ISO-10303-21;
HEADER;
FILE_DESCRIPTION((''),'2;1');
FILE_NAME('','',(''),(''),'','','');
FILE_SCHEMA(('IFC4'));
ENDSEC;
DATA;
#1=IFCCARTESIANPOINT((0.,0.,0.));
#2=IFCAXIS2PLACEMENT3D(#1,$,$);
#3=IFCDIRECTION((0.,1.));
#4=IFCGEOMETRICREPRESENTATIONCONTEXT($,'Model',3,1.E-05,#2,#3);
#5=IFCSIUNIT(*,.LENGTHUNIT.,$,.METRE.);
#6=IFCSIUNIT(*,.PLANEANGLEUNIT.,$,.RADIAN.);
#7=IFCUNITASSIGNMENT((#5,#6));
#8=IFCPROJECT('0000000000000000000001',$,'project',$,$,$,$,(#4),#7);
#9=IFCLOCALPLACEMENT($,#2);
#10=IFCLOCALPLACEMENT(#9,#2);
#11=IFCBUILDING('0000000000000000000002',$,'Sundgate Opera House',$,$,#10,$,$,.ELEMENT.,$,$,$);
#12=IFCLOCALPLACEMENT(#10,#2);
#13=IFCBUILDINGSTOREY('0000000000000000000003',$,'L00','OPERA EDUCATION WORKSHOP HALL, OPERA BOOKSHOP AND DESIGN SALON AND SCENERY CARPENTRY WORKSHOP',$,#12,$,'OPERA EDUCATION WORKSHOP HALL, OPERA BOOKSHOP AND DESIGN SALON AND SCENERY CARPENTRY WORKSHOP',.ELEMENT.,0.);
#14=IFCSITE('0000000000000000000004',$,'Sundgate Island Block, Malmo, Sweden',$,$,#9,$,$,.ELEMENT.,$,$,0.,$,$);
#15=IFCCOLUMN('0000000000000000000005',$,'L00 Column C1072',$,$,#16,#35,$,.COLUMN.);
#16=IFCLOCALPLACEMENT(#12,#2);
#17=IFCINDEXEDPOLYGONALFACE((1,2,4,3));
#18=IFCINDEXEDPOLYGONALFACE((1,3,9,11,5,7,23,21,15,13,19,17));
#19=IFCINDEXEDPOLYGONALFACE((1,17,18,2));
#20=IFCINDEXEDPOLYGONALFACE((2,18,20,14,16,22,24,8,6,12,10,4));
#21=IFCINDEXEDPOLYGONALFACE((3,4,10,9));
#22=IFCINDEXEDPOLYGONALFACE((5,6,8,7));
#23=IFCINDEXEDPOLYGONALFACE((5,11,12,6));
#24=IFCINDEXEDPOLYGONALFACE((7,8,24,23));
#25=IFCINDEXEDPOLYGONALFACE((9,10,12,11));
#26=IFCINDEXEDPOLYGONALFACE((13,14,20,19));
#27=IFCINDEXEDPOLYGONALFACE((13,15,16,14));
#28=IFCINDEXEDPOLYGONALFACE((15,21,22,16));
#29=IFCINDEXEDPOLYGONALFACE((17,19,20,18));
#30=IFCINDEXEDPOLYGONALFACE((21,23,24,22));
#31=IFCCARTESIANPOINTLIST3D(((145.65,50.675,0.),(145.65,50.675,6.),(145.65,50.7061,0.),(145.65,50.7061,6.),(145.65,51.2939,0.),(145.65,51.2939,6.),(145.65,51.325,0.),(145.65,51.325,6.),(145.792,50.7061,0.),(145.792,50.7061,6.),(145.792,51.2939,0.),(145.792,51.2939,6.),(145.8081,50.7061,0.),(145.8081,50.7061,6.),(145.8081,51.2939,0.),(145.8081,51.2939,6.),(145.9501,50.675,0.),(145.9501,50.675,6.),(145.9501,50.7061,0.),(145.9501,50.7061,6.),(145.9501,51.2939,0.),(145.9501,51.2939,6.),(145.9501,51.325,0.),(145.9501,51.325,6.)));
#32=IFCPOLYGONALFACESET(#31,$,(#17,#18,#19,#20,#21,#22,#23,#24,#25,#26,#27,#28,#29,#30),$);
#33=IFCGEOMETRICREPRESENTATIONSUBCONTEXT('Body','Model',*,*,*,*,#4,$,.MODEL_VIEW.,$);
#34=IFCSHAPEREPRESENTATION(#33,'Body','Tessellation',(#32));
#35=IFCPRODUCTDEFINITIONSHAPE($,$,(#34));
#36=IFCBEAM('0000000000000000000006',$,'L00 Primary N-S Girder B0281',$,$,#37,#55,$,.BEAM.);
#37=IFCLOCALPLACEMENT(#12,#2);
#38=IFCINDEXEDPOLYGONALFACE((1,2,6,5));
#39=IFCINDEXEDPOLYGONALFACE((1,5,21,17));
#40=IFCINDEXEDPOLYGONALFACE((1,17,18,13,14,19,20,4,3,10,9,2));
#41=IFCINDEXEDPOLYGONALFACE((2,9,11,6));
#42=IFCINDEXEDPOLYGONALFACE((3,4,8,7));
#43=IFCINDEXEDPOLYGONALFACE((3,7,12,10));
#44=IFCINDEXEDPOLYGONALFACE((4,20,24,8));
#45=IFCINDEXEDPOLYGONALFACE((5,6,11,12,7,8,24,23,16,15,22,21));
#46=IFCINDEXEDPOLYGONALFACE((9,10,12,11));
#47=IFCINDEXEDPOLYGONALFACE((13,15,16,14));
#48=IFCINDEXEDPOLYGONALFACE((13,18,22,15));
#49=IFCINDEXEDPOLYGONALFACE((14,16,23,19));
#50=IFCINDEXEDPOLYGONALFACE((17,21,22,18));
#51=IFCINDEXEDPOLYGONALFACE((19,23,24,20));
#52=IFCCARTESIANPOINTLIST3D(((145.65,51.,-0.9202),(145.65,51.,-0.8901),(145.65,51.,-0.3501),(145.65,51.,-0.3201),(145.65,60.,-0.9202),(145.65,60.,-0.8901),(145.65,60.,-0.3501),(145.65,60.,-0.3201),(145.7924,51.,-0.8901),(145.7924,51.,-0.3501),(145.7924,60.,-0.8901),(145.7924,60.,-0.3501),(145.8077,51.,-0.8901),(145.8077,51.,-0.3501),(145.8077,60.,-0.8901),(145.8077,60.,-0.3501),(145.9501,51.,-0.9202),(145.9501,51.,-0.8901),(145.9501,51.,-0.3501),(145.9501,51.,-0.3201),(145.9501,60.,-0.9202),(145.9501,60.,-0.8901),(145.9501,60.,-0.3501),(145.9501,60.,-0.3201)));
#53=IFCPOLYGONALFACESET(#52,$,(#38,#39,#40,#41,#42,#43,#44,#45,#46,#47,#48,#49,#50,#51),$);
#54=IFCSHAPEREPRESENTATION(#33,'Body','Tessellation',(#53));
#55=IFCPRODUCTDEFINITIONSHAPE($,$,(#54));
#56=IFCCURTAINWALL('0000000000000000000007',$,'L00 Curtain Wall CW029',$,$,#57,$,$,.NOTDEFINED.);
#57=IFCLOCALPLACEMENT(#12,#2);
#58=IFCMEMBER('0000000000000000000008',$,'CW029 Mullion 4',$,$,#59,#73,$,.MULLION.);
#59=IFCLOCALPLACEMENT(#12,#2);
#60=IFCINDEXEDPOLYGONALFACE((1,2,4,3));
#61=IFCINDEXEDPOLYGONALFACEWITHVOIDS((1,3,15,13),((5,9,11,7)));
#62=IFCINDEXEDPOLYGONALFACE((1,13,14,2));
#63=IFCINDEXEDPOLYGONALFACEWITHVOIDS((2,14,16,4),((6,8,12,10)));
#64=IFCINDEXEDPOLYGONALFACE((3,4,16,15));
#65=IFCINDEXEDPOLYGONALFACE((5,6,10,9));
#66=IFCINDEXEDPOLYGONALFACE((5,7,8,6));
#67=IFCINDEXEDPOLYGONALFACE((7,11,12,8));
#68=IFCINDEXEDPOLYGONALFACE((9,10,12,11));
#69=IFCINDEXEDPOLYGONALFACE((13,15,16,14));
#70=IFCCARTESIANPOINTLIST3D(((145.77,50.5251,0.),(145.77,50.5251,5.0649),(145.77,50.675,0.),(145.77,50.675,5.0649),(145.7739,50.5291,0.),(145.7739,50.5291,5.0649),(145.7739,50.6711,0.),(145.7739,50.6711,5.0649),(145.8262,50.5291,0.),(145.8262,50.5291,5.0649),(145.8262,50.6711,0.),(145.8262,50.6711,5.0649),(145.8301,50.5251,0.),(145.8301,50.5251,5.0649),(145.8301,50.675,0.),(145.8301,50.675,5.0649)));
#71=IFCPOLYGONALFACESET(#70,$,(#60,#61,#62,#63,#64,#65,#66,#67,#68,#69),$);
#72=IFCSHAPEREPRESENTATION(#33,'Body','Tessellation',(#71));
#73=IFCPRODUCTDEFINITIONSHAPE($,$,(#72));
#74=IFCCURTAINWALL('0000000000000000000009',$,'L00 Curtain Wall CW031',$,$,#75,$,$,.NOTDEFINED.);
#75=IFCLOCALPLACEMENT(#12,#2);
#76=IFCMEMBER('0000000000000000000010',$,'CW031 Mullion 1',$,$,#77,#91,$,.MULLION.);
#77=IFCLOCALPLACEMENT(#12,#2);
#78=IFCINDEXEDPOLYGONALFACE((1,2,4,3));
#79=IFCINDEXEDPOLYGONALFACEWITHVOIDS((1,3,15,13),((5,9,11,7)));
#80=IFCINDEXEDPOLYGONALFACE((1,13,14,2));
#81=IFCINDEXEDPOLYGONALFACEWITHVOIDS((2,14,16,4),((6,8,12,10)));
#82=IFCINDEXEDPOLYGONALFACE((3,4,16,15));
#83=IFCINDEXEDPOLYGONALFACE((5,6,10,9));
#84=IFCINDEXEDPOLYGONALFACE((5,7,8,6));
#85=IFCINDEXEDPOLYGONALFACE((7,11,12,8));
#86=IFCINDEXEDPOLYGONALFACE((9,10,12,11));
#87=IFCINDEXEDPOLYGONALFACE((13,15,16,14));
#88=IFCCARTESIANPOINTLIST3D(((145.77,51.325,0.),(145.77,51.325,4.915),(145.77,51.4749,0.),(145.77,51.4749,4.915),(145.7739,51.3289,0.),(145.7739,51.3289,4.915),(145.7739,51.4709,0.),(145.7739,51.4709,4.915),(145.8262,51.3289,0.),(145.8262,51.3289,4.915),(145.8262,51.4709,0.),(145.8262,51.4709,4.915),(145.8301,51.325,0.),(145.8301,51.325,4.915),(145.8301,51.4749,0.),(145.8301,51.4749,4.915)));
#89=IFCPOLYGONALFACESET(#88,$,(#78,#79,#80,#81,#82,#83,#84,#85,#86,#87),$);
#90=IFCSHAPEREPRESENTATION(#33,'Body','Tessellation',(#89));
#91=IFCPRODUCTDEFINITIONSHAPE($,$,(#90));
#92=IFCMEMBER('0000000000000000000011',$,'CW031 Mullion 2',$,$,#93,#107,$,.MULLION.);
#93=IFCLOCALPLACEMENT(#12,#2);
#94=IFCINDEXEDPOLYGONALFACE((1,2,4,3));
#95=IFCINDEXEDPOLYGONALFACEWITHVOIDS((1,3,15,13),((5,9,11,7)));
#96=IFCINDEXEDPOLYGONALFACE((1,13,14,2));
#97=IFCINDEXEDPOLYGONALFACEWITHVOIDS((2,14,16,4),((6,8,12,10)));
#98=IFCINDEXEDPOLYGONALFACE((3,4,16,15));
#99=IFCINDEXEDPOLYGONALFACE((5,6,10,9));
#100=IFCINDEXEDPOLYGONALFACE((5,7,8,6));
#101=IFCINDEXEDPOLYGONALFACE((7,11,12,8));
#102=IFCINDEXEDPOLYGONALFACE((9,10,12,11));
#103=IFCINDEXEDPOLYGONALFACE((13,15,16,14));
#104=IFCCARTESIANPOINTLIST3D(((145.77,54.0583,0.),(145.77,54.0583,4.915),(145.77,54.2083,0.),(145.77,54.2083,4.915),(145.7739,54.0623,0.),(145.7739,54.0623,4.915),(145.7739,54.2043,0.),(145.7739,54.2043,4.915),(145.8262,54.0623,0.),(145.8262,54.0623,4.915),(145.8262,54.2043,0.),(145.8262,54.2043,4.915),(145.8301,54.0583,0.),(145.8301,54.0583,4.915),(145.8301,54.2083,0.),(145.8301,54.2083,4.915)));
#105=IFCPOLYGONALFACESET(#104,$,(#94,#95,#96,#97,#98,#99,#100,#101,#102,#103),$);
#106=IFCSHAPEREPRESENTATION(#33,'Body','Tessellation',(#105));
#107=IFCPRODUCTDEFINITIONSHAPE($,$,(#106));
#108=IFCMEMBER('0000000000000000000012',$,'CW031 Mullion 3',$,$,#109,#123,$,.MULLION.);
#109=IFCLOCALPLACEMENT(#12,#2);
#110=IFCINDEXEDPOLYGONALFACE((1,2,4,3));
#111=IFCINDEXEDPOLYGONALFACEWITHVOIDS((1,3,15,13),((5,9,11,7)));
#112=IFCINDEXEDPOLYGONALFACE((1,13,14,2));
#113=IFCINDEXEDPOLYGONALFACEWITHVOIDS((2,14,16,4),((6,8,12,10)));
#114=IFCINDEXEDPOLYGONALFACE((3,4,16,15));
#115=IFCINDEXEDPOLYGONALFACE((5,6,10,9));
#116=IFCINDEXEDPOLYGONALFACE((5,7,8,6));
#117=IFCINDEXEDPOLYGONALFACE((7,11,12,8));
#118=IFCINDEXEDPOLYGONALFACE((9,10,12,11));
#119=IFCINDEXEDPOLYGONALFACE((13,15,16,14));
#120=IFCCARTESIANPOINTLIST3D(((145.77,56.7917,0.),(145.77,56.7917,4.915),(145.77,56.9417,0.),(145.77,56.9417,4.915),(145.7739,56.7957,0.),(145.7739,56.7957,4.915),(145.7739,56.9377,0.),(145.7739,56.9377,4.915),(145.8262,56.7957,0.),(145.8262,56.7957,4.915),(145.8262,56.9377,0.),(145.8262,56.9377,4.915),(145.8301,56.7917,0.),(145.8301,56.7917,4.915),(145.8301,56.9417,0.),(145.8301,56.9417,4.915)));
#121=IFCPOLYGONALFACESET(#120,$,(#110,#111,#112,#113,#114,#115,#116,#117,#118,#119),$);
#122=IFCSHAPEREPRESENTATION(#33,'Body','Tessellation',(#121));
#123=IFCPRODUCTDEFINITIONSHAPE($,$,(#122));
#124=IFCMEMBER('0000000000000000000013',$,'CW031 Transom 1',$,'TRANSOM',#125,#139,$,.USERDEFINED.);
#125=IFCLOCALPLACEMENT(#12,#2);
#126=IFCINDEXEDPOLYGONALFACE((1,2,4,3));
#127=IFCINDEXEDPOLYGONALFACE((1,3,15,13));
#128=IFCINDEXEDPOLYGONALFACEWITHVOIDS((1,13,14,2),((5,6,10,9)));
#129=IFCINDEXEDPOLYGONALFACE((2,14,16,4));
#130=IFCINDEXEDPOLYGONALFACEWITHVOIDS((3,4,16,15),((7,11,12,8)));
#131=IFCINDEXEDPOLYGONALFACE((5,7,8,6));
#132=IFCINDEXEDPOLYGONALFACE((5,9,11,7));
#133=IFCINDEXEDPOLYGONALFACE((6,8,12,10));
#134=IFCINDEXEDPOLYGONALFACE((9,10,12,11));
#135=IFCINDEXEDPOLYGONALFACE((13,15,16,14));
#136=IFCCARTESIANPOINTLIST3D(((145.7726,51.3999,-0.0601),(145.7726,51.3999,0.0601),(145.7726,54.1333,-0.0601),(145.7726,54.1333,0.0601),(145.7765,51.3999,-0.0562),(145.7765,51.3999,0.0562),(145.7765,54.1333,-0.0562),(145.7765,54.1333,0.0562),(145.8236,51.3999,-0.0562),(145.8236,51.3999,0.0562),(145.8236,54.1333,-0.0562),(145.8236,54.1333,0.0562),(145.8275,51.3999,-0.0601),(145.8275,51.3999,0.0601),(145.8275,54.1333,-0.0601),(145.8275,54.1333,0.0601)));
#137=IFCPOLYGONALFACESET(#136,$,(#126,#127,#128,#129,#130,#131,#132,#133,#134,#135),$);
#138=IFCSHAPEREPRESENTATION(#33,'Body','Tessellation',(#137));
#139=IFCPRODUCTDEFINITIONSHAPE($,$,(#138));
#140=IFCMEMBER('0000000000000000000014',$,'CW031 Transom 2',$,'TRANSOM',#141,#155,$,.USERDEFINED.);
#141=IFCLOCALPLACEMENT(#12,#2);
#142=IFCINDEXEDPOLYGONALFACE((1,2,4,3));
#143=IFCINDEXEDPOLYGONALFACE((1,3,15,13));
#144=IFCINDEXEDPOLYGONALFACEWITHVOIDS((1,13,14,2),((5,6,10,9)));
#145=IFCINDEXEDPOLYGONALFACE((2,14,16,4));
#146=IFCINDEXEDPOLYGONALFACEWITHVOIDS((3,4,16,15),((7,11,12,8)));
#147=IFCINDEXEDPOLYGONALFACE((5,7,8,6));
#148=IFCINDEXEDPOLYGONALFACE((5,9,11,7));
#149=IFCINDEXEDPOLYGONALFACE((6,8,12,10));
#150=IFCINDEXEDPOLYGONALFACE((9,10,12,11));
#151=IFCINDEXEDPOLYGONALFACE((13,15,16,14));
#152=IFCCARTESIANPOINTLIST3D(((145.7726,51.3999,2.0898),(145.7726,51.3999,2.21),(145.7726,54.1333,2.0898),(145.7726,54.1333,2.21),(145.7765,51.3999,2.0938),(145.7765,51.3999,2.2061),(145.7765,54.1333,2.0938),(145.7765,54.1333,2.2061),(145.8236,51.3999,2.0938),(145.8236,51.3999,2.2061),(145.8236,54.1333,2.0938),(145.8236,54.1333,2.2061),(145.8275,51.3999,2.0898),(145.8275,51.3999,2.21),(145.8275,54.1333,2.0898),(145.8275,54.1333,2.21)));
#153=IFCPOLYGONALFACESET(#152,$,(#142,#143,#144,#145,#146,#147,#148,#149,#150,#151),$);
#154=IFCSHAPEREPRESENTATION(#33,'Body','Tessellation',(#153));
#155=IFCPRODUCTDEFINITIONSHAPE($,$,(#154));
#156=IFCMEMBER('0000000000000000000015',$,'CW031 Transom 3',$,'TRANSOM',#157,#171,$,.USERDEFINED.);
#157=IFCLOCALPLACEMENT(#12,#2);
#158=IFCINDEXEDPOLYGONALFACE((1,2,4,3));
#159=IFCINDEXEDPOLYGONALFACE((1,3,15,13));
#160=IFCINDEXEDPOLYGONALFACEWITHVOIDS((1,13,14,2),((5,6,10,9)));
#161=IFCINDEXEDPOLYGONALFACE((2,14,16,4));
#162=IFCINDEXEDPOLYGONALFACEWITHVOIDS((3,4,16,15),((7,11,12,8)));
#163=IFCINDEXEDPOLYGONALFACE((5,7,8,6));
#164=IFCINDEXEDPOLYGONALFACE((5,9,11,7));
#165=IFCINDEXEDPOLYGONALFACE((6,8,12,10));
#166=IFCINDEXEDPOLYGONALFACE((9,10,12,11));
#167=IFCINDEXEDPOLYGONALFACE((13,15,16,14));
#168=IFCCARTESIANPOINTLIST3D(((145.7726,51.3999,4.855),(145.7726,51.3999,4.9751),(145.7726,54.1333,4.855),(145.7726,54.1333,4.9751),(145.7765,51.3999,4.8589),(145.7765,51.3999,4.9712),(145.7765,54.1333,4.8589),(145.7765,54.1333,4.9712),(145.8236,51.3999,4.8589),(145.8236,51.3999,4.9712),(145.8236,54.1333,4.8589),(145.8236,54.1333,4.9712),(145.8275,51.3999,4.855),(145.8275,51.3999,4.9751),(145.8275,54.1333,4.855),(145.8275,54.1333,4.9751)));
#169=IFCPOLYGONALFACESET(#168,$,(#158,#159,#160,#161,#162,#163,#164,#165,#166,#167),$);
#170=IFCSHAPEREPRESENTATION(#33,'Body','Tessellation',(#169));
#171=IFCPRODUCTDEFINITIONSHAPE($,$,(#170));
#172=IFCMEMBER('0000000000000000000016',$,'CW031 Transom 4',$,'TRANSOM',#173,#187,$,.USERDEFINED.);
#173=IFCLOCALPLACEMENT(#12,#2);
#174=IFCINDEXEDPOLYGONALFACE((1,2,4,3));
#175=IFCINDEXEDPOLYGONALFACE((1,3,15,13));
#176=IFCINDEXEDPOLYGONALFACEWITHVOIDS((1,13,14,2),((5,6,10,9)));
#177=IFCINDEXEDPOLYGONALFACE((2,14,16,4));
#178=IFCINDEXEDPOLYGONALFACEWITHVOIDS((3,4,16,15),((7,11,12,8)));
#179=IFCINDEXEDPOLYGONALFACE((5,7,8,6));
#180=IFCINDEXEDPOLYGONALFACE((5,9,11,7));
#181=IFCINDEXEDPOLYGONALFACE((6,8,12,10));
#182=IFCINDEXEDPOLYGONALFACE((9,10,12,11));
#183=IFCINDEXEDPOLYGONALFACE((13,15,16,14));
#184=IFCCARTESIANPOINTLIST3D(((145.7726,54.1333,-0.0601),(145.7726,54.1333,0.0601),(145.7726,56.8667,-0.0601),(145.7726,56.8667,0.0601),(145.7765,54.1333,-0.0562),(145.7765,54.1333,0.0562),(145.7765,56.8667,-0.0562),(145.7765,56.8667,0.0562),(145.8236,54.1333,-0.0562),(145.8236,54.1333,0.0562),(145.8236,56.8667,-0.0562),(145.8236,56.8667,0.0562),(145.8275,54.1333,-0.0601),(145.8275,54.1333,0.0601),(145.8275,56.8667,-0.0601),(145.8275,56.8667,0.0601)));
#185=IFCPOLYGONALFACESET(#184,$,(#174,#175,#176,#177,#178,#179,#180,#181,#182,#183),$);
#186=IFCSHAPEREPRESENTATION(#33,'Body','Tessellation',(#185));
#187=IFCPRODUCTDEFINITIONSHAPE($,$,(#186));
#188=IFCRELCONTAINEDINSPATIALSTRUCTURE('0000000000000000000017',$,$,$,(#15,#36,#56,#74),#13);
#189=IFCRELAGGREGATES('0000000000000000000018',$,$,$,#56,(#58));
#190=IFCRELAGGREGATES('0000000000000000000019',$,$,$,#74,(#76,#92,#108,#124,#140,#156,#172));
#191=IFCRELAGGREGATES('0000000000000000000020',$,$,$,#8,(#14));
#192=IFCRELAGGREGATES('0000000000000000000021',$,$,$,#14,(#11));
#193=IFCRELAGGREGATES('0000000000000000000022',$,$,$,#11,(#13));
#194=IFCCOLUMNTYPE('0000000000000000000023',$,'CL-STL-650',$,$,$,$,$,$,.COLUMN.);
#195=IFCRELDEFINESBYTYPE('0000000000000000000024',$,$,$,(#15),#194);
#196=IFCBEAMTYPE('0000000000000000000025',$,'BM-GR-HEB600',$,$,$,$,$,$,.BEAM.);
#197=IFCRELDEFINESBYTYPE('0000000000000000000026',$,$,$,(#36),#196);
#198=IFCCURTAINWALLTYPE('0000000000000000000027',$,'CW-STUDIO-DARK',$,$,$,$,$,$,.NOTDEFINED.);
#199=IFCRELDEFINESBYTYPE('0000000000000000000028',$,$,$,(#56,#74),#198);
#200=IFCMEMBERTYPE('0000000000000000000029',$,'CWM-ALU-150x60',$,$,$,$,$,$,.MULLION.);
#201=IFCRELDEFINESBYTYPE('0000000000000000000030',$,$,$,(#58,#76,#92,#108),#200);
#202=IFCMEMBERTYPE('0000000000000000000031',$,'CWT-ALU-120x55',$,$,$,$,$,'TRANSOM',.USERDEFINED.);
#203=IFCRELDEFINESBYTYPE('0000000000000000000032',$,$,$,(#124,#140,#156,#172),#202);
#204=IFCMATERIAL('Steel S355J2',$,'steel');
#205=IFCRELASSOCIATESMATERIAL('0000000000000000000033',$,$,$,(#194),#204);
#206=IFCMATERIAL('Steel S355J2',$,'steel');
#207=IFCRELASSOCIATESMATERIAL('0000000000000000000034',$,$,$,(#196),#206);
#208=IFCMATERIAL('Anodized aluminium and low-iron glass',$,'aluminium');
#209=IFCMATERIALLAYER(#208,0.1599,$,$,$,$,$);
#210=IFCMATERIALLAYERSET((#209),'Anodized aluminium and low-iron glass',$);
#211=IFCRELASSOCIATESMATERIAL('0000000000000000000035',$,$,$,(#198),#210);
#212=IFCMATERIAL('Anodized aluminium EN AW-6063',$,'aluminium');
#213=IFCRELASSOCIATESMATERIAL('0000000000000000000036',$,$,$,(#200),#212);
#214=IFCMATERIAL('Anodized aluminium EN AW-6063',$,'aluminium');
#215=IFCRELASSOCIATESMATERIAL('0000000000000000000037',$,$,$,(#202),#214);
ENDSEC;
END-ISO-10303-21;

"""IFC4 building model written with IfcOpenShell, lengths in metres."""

from ifc_helpers import new_model, si_unit, direction, frame, origin, origin_2d, place, context, subcontext, project, spatial, hollow_rectangle, i_section, extrude, material, layer, layer_set, material_profile, profile_set, type_object, element, aggregate, save


model = new_model("IFC4")

# Units and contexts
model_context = context("Model", 3, precision=1e-05, world=origin(), true_north=direction((0.0, 1.0)))
body_context = subcontext(model_context, "Body", "Model", "MODEL_VIEW")
ifc_project = project(units=[si_unit("LENGTHUNIT", "METRE"), si_unit("PLANEANGLEUNIT", "RADIAN")], contexts=[model_context])

# Site, building, storey
site_placement = place(None, origin())
site = spatial("IfcSite", under=ifc_project, at=site_placement, Name="Sundgate Island Block, Malmo, Sweden", CompositionType="ELEMENT", RefElevation=0.0)
building_placement = place(site_placement, origin())
building = spatial("IfcBuilding", under=site, at=building_placement, Name="Sundgate Opera House", CompositionType="ELEMENT")
storey_placement = place(building_placement, origin())
storey = spatial("IfcBuildingStorey", under=building, at=storey_placement, Name="L00", Description="OPERA EDUCATION WORKSHOP HALL, OPERA BOOKSHOP AND DESIGN SALON AND SCENERY CARPENTRY WORKSHOP", LongName="OPERA EDUCATION WORKSHOP HALL, OPERA BOOKSHOP AND DESIGN SALON AND SCENERY CARPENTRY WORKSHOP", CompositionType="ELEMENT", Elevation=0.0)

# Column
ifc_material_1 = material(Name="Steel S355J2", Category="steel")
ifc_material_profile_1 = material_profile(ifc_material_1, i_section(OverallWidth=0.3, OverallDepth=0.6499, WebThickness=0.0161, FlangeThickness=0.031, at=origin_2d()), Name="HEB 650")
ifc_profile_set_1 = profile_set([ifc_material_profile_1], Name="Steel S355J2")
column_type = type_object("IfcColumnType", Name="CL-STL-650", PredefinedType="COLUMN", material=ifc_profile_set_1)
column_placement = place(storey_placement, frame((145.8, 51.0, 0.0), z_axis=(0.0, 0.0, 1.0), x_axis=(1.0, 0.0, 0.0)))
element("IfcColumn", 1, at=column_placement, inside=storey, type_object=column_type, Name="L00 Column C1072", PredefinedType="COLUMN", context=body_context, shape_type="SweptSolid", body=[
    extrude(i_section(OverallWidth=0.3, OverallDepth=0.6499, WebThickness=0.0161, FlangeThickness=0.031, at=origin_2d()), origin(), (0.0, 0.0, 1.0), 6.0),
])

# Beam
ifc_material_2 = material(Name="Steel S355J2", Category="steel")
ifc_material_profile_2 = material_profile(ifc_material_2, i_section(OverallWidth=0.3, OverallDepth=0.6001, WebThickness=0.0154, FlangeThickness=0.03, at=origin_2d()), Name="HEB 600")
ifc_profile_set_2 = profile_set([ifc_material_profile_2], Name="Steel S355J2")
beam_type = type_object("IfcBeamType", Name="BM-GR-HEB600", PredefinedType="BEAM", material=ifc_profile_set_2)
beam_placement = place(storey_placement, frame((145.8, 51.0, -0.6201), z_axis=(0.0, 1.0, 0.0), x_axis=(-1.0, 0.0, 0.0)))
element("IfcBeam", 2, at=beam_placement, inside=storey, type_object=beam_type, Name="L00 Primary N-S Girder B0281", PredefinedType="BEAM", context=body_context, shape_type="SweptSolid", body=[
    extrude(i_section(OverallWidth=0.3, OverallDepth=0.6001, WebThickness=0.0154, FlangeThickness=0.03, at=origin_2d()), origin(), (0.0, 0.0, 1.0), 9.0),
])

# Curtain wall, member
ifc_material_3 = material(Name="Anodized aluminium and low-iron glass", Category="aluminium")
ifc_layer_1 = layer(ifc_material_3, 0.1599)
ifc_layer_set_1 = layer_set([ifc_layer_1], Name="Anodized aluminium and low-iron glass")
curtain_wall_type = type_object("IfcCurtainWallType", Name="CW-STUDIO-DARK", PredefinedType="NOTDEFINED", material=ifc_layer_set_1)
curtain_wall_1_placement = place(storey_placement, origin())
curtain_wall_1 = element("IfcCurtainWall", 3, at=curtain_wall_1_placement, inside=storey, type_object=curtain_wall_type, Name="L00 Curtain Wall CW029", PredefinedType="NOTDEFINED")
ifc_material_4 = material(Name="Anodized aluminium EN AW-6063", Category="aluminium")
ifc_material_profile_3 = material_profile(ifc_material_4, hollow_rectangle(XDim=0.0601, YDim=0.1499, WallThickness=0.0039, at=origin_2d()), Name="CWM 150x60x4")
ifc_profile_set_3 = profile_set([ifc_material_profile_3], Name="Anodized aluminium EN AW-6063")
member_type_1 = type_object("IfcMemberType", Name="CWM-ALU-150x60", PredefinedType="MULLION", material=ifc_profile_set_3)
member_1_placement = place(storey_placement, frame((145.8, 50.6001, 0.0), z_axis=(0.0, 0.0, 1.0), x_axis=(1.0, 0.0, 0.0)))
member_1 = element("IfcMember", 4, at=member_1_placement, type_object=member_type_1, Name="CW029 Mullion 4", PredefinedType="MULLION", context=body_context, shape_type="SweptSolid", body=[
    extrude(hollow_rectangle(XDim=0.0601, YDim=0.1499, WallThickness=0.0039, at=origin_2d()), origin(), (0.0, 0.0, 1.0), 5.0649),
])

# Curtain wall, members
curtain_wall_2_placement = place(storey_placement, origin())
curtain_wall_2 = element("IfcCurtainWall", 5, at=curtain_wall_2_placement, inside=storey, type_object=curtain_wall_type, Name="L00 Curtain Wall CW031", PredefinedType="NOTDEFINED")
member_2_placement = place(storey_placement, frame((145.8, 51.3999, 0.0), z_axis=(0.0, 0.0, 1.0), x_axis=(1.0, 0.0, 0.0)))
member_2 = element("IfcMember", 6, at=member_2_placement, type_object=member_type_1, Name="CW031 Mullion 1", PredefinedType="MULLION", context=body_context, shape_type="SweptSolid", body=[
    extrude(hollow_rectangle(XDim=0.0601, YDim=0.1499, WallThickness=0.0039, at=origin_2d()), origin(), (0.0, 0.0, 1.0), 4.915),
])
member_3_placement = place(storey_placement, frame((145.8, 54.1333, 0.0), z_axis=(0.0, 0.0, 1.0), x_axis=(1.0, 0.0, 0.0)))
member_3 = element("IfcMember", 7, at=member_3_placement, type_object=member_type_1, Name="CW031 Mullion 2", PredefinedType="MULLION", context=body_context, shape_type="SweptSolid", body=[
    extrude(hollow_rectangle(XDim=0.0601, YDim=0.1499, WallThickness=0.0039, at=origin_2d()), origin(), (0.0, 0.0, 1.0), 4.915),
])
member_4_placement = place(storey_placement, frame((145.8, 56.8667, 0.0), z_axis=(0.0, 0.0, 1.0), x_axis=(1.0, 0.0, 0.0)))
member_4 = element("IfcMember", 8, at=member_4_placement, type_object=member_type_1, Name="CW031 Mullion 3", PredefinedType="MULLION", context=body_context, shape_type="SweptSolid", body=[
    extrude(hollow_rectangle(XDim=0.0601, YDim=0.1499, WallThickness=0.0039, at=origin_2d()), origin(), (0.0, 0.0, 1.0), 4.915),
])
ifc_material_5 = material(Name="Anodized aluminium EN AW-6063", Category="aluminium")
ifc_material_profile_4 = material_profile(ifc_material_5, hollow_rectangle(XDim=0.0549, YDim=0.1201, WallThickness=0.0039, at=origin_2d()), Name="CWT 120x55x4")
ifc_profile_set_4 = profile_set([ifc_material_profile_4], Name="Anodized aluminium EN AW-6063")
member_type_2 = type_object("IfcMemberType", Name="CWT-ALU-120x55", ElementType="TRANSOM", PredefinedType="USERDEFINED", material=ifc_profile_set_4)
member_5_placement = place(storey_placement, frame((145.8, 51.3999, 0.0), z_axis=(0.0, 1.0, 0.0), x_axis=(-1.0, 0.0, 0.0)))
member_5 = element("IfcMember", 9, at=member_5_placement, type_object=member_type_2, Name="CW031 Transom 1", ObjectType="TRANSOM", PredefinedType="USERDEFINED", context=body_context, shape_type="SweptSolid", body=[
    extrude(hollow_rectangle(XDim=0.0549, YDim=0.1201, WallThickness=0.0039, at=origin_2d()), origin(), (0.0, 0.0, 1.0), 2.7334),
])
member_6_placement = place(storey_placement, frame((145.8, 51.3999, 2.1499), z_axis=(0.0, 1.0, 0.0), x_axis=(-1.0, 0.0, 0.0)))
member_6 = element("IfcMember", 10, at=member_6_placement, type_object=member_type_2, Name="CW031 Transom 2", ObjectType="TRANSOM", PredefinedType="USERDEFINED", context=body_context, shape_type="SweptSolid", body=[
    extrude(hollow_rectangle(XDim=0.0549, YDim=0.1201, WallThickness=0.0039, at=origin_2d()), origin(), (0.0, 0.0, 1.0), 2.7334),
])
member_7_placement = place(storey_placement, frame((145.8, 51.3999, 4.915), z_axis=(0.0, 1.0, 0.0), x_axis=(-1.0, 0.0, 0.0)))
member_7 = element("IfcMember", 11, at=member_7_placement, type_object=member_type_2, Name="CW031 Transom 3", ObjectType="TRANSOM", PredefinedType="USERDEFINED", context=body_context, shape_type="SweptSolid", body=[
    extrude(hollow_rectangle(XDim=0.0549, YDim=0.1201, WallThickness=0.0039, at=origin_2d()), origin(), (0.0, 0.0, 1.0), 2.7334),
])
member_8_placement = place(storey_placement, frame((145.8, 54.1333, 0.0), z_axis=(0.0, 1.0, 0.0), x_axis=(-1.0, 0.0, 0.0)))
member_8 = element("IfcMember", 12, at=member_8_placement, type_object=member_type_2, Name="CW031 Transom 4", ObjectType="TRANSOM", PredefinedType="USERDEFINED", context=body_context, shape_type="SweptSolid", body=[
    extrude(hollow_rectangle(XDim=0.0549, YDim=0.1201, WallThickness=0.0039, at=origin_2d()), origin(), (0.0, 0.0, 1.0), 2.7334),
])

aggregate(curtain_wall_1, [member_1])
aggregate(curtain_wall_2, [member_2, member_3, member_4, member_5, member_6, member_7, member_8])

save(model, "model.ifc")
